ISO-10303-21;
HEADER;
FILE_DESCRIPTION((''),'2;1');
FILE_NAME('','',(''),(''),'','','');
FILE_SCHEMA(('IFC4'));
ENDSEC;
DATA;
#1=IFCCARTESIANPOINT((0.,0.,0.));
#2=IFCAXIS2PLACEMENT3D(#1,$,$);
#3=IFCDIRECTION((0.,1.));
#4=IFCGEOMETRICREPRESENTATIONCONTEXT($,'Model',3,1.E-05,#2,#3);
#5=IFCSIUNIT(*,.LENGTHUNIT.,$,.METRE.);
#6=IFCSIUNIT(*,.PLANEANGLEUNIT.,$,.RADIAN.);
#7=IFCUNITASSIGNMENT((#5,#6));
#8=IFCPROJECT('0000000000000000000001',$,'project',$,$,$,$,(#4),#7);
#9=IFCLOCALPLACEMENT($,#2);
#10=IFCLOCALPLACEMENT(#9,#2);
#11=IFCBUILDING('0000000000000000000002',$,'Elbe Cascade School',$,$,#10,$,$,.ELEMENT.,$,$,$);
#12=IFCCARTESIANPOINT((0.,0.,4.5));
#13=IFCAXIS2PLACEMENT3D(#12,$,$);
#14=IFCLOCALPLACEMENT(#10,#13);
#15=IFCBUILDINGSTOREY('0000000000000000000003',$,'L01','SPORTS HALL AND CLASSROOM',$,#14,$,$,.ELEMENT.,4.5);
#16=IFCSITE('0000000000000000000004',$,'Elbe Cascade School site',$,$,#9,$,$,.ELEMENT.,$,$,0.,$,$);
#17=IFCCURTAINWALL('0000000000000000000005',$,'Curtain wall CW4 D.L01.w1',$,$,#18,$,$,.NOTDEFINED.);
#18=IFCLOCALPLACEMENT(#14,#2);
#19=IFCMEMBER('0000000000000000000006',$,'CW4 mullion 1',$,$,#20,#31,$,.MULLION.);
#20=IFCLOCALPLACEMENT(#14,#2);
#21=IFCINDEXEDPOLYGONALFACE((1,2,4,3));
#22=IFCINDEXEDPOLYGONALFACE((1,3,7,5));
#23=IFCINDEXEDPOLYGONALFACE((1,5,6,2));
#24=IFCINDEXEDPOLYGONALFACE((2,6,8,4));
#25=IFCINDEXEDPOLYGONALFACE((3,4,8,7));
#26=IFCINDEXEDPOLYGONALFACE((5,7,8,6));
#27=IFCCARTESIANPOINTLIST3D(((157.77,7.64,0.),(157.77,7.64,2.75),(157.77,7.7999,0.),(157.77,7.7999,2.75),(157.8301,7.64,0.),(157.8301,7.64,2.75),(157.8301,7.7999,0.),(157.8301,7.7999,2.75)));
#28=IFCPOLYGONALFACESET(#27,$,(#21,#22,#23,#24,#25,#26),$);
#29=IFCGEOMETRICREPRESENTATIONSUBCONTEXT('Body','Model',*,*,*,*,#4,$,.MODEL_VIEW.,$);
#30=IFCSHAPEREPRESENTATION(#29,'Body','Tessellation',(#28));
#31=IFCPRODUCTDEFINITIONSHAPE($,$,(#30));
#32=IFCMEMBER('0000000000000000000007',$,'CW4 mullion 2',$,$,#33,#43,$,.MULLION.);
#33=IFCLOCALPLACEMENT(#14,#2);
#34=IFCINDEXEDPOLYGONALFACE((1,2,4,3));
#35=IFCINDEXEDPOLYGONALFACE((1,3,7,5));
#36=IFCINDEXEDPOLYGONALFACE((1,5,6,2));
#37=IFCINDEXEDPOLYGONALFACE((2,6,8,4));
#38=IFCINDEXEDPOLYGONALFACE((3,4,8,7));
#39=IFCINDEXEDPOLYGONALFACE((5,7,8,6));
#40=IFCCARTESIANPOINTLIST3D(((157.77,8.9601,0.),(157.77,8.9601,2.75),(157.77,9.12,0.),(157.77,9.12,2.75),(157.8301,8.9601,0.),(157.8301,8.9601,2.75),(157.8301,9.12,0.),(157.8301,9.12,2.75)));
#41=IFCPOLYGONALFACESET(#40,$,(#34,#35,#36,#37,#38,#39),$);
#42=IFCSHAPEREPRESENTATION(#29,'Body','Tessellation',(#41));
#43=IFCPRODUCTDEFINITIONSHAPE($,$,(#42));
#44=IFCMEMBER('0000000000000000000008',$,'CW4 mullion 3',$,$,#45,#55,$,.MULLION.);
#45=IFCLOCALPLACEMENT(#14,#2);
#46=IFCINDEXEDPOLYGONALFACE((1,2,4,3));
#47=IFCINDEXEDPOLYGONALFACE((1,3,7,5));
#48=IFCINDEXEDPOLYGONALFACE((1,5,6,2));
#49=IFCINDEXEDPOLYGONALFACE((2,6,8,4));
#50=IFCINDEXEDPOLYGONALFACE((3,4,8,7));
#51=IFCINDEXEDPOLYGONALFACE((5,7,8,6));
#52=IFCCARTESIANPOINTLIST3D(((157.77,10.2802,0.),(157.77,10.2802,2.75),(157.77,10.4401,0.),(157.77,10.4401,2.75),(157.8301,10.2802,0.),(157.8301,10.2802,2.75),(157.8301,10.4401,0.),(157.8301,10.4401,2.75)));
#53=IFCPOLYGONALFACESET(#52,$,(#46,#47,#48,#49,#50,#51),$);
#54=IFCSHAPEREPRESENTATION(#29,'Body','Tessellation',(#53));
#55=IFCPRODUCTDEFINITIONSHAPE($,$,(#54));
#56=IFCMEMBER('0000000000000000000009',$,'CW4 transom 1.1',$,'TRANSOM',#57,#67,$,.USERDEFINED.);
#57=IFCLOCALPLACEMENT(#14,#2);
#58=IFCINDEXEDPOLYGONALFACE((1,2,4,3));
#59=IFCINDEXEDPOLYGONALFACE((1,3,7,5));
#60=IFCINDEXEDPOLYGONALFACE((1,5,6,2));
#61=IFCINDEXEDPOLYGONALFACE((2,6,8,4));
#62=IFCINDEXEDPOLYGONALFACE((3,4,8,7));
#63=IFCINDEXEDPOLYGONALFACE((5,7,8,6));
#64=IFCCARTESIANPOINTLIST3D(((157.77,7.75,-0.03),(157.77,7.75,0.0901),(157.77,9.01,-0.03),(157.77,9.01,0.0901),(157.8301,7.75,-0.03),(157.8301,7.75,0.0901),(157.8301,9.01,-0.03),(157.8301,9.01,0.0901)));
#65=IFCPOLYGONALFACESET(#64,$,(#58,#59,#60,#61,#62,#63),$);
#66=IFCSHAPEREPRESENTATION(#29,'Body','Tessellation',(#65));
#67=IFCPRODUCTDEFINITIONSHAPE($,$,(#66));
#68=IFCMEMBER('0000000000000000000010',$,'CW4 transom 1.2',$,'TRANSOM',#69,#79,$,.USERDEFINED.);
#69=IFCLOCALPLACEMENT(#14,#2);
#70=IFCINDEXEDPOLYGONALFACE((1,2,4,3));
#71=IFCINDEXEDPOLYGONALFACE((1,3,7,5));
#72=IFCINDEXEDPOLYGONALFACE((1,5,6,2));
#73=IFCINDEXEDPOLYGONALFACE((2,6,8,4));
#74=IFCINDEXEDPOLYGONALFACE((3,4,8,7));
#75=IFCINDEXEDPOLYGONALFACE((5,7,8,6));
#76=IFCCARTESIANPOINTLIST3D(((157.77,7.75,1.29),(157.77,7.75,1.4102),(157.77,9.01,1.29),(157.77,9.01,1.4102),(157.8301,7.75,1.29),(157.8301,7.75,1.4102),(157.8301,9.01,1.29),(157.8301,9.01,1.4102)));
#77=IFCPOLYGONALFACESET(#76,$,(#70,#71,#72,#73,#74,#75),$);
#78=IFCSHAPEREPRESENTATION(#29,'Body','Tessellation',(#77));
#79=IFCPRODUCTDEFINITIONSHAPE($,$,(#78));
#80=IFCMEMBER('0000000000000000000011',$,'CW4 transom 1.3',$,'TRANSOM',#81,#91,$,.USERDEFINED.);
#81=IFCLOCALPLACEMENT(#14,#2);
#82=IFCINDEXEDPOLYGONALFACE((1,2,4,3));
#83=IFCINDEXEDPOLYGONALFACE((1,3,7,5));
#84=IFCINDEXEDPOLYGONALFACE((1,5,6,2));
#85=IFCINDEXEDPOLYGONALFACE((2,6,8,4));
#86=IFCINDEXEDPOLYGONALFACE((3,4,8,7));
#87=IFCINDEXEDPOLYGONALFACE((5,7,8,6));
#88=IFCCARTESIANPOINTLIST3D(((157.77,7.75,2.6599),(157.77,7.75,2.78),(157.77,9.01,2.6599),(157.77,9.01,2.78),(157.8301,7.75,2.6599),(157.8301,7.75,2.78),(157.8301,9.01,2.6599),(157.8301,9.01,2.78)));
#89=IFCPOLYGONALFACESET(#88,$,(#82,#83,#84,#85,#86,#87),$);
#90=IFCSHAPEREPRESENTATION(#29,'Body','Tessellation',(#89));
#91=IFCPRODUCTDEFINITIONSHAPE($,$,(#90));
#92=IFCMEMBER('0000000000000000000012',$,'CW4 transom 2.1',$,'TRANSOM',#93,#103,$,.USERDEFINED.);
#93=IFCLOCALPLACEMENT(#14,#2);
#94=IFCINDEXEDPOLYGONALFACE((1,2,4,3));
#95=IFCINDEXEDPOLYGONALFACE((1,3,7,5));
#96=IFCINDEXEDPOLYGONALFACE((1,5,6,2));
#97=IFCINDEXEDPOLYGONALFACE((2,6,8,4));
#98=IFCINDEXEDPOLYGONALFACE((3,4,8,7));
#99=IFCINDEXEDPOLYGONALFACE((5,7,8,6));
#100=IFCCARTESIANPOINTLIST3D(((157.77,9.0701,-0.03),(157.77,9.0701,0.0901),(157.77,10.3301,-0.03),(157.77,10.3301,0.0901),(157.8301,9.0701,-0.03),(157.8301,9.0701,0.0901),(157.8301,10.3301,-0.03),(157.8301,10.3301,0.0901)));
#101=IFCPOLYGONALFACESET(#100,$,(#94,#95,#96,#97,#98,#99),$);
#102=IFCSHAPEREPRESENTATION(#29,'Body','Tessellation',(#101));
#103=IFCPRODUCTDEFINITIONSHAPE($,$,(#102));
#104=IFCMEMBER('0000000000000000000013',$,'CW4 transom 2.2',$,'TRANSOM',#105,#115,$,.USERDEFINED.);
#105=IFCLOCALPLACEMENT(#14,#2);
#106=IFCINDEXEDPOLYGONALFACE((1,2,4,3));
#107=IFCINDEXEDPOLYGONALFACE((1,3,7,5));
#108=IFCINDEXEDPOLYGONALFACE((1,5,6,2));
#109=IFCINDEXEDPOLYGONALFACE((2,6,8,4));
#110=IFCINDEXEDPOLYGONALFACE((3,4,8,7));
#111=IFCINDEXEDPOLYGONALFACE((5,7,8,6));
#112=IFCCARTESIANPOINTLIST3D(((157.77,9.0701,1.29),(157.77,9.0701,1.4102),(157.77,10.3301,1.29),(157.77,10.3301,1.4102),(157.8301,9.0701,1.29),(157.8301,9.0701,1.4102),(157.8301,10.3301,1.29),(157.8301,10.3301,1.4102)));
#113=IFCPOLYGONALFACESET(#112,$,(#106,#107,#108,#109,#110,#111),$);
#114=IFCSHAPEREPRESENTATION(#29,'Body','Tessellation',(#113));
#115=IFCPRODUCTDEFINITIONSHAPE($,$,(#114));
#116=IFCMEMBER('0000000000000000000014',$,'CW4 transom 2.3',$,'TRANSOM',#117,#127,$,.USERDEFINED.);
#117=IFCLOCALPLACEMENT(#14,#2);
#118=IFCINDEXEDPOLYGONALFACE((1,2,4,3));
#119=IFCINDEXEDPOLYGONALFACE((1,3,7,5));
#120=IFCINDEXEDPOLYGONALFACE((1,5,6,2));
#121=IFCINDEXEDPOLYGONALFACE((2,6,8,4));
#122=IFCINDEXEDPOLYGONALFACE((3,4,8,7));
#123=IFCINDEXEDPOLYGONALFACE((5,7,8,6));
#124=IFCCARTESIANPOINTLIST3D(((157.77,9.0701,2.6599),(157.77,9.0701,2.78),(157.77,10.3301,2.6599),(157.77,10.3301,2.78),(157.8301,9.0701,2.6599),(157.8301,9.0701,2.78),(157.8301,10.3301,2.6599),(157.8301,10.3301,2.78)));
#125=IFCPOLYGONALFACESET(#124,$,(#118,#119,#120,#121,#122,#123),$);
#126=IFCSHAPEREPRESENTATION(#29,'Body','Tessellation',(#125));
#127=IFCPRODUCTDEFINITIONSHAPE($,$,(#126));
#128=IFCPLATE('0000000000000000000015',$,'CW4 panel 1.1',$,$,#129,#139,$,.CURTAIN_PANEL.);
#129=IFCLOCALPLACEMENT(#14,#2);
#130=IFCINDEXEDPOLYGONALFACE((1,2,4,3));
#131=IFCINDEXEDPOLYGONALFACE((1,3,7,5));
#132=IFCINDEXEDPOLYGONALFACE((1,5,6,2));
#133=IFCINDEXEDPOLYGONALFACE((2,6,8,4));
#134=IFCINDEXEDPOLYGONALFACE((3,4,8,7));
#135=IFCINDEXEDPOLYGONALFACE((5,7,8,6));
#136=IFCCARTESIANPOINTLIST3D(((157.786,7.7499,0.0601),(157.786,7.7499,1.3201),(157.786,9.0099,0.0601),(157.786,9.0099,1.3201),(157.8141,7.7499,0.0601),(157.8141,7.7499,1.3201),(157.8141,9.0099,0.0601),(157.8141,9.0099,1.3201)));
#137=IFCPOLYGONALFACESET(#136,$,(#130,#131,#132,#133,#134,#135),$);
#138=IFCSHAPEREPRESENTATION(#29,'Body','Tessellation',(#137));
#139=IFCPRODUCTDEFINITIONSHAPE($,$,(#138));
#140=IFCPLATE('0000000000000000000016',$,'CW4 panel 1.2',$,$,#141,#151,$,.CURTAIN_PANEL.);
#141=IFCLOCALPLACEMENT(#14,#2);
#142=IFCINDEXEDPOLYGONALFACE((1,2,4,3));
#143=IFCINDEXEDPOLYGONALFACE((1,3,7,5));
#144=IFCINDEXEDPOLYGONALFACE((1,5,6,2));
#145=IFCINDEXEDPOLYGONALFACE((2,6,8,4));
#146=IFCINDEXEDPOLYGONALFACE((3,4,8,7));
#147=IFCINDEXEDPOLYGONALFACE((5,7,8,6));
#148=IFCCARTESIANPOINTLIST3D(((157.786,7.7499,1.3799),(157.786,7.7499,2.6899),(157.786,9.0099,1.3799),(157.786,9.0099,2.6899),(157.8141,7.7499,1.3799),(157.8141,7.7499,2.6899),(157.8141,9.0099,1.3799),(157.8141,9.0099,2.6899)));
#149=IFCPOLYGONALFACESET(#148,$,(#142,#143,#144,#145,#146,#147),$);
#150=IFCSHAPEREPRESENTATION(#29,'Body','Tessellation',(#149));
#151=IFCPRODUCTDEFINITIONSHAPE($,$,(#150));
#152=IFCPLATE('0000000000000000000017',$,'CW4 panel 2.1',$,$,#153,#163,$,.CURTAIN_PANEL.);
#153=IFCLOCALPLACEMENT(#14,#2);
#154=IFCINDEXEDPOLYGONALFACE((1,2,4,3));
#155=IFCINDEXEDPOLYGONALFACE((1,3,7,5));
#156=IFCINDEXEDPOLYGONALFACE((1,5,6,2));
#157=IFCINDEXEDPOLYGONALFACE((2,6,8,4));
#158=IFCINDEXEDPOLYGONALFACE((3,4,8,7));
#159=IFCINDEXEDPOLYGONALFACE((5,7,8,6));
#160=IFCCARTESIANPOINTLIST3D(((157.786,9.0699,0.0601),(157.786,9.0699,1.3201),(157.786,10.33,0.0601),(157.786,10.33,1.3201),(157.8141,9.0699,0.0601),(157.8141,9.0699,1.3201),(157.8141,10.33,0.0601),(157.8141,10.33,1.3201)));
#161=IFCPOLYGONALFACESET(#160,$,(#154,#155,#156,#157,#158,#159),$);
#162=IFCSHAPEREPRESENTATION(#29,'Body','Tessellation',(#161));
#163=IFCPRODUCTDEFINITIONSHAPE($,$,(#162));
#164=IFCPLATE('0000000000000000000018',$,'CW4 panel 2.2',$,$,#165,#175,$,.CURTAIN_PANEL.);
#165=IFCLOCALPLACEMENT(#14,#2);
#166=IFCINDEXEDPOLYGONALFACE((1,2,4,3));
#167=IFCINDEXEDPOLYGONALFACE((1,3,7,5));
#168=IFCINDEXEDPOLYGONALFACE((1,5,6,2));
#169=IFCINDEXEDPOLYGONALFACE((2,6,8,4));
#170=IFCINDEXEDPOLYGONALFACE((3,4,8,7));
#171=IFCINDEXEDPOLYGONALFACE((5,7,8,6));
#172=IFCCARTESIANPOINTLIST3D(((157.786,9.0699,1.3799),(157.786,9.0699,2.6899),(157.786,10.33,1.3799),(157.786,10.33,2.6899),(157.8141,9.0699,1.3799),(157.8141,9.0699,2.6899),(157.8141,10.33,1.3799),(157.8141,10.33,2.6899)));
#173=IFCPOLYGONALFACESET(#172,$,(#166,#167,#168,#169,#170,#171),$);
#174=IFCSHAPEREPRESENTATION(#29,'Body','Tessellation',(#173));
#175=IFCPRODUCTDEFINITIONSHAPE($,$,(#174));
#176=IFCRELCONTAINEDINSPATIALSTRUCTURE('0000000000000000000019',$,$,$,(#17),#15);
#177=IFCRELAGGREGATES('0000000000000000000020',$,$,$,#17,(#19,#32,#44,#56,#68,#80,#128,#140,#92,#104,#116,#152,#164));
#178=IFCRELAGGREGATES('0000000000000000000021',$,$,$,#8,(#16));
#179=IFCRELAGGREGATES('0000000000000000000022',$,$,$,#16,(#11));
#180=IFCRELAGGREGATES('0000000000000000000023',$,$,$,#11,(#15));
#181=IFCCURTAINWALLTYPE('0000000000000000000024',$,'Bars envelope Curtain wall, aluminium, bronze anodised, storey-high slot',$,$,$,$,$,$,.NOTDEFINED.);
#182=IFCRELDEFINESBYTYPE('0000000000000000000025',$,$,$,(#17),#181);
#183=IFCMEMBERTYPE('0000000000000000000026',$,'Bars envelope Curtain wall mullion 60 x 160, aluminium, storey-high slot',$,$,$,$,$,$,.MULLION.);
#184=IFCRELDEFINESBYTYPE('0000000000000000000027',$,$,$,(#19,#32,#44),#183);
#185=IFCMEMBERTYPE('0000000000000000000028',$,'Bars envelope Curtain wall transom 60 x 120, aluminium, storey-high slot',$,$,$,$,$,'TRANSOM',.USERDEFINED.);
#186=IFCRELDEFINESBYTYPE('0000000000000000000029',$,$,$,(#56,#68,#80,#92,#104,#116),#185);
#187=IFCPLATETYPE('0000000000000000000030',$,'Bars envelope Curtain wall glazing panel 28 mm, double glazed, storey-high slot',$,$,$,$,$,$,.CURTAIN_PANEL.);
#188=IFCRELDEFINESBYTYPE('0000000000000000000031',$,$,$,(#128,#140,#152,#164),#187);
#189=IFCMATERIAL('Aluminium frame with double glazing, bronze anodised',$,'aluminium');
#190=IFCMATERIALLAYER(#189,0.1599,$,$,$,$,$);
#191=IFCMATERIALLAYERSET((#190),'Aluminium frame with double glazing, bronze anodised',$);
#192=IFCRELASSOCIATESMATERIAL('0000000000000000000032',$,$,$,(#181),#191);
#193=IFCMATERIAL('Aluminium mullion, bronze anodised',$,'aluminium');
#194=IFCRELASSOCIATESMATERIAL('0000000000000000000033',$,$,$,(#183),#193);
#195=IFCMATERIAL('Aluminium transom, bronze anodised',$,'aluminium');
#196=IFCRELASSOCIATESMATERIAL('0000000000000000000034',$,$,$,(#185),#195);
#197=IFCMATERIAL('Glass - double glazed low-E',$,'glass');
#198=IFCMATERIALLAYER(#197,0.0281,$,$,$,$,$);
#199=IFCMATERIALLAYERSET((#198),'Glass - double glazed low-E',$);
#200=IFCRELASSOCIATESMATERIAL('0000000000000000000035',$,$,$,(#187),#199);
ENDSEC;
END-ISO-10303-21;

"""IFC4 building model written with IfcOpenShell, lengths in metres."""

from ifc_helpers import new_model, si_unit, direction, frame, origin, origin_2d, place, context, subcontext, project, spatial, rectangle, extrude, material, layer, layer_set, material_profile, profile_set, type_object, element, aggregate, save


model = new_model("IFC4")

# Units and contexts
model_context = context("Model", 3, precision=1e-05, world=origin(), true_north=direction((0.0, 1.0)))
body_context = subcontext(model_context, "Body", "Model", "MODEL_VIEW")
ifc_project = project(units=[si_unit("LENGTHUNIT", "METRE"), si_unit("PLANEANGLEUNIT", "RADIAN")], contexts=[model_context])

# Site, building, storey
site_placement = place(None, origin())
site = spatial("IfcSite", under=ifc_project, at=site_placement, Name="Elbe Cascade School site", CompositionType="ELEMENT", RefElevation=0.0)
building_placement = place(site_placement, origin())
building = spatial("IfcBuilding", under=site, at=building_placement, Name="Elbe Cascade School", CompositionType="ELEMENT")
storey_placement = place(building_placement, frame((0.0, 0.0, 4.5)))
storey = spatial("IfcBuildingStorey", under=building, at=storey_placement, Name="L01", Description="SPORTS HALL AND CLASSROOM", CompositionType="ELEMENT", Elevation=4.5)

# Curtain wall, members, plates
ifc_material_1 = material(Name="Aluminium frame with double glazing, bronze anodised", Category="aluminium")
ifc_layer_1 = layer(ifc_material_1, 0.1599)
ifc_layer_set_1 = layer_set([ifc_layer_1], Name="Aluminium frame with double glazing, bronze anodised")
curtain_wall_type = type_object("IfcCurtainWallType", Name="Bars envelope Curtain wall, aluminium, bronze anodised, storey-high slot", PredefinedType="NOTDEFINED", material=ifc_layer_set_1)
curtain_wall_placement = place(storey_placement, origin())
curtain_wall = element("IfcCurtainWall", 1, at=curtain_wall_placement, inside=storey, type_object=curtain_wall_type, Name="Curtain wall CW4 D.L01.w1", PredefinedType="NOTDEFINED")
ifc_material_2 = material(Name="Aluminium mullion, bronze anodised", Category="aluminium")
ifc_material_profile_1 = material_profile(ifc_material_2, rectangle(XDim=0.0601, YDim=0.1599, at=origin_2d()), Name="Bars envelope Curtain wall mullion 60 x 160, aluminium, storey-high slot")
ifc_profile_set_1 = profile_set([ifc_material_profile_1], Name="Aluminium mullion, bronze anodised")
member_type_1 = type_object("IfcMemberType", Name="Bars envelope Curtain wall mullion 60 x 160, aluminium, storey-high slot", PredefinedType="MULLION", material=ifc_profile_set_1)
member_1_placement = place(storey_placement, frame((157.8, 7.72, 0.0), z_axis=(0.0, 0.0, 1.0), x_axis=(-1.0, 0.0, 0.0)))
member_1 = element("IfcMember", 2, at=member_1_placement, type_object=member_type_1, Name="CW4 mullion 1", PredefinedType="MULLION", context=body_context, shape_type="SweptSolid", body=[
    extrude(rectangle(XDim=0.0601, YDim=0.1599, at=origin_2d()), origin(), (0.0, 0.0, 1.0), 2.75),
])
member_2_placement = place(storey_placement, frame((157.8, 9.04, 0.0), z_axis=(0.0, 0.0, 1.0), x_axis=(-1.0, 0.0, 0.0)))
member_2 = element("IfcMember", 3, at=member_2_placement, type_object=member_type_1, Name="CW4 mullion 2", PredefinedType="MULLION", context=body_context, shape_type="SweptSolid", body=[
    extrude(rectangle(XDim=0.0601, YDim=0.1599, at=origin_2d()), origin(), (0.0, 0.0, 1.0), 2.75),
])
member_3_placement = place(storey_placement, frame((157.8, 10.3601, 0.0), z_axis=(0.0, 0.0, 1.0), x_axis=(-1.0, 0.0, 0.0)))
member_3 = element("IfcMember", 4, at=member_3_placement, type_object=member_type_1, Name="CW4 mullion 3", PredefinedType="MULLION", context=body_context, shape_type="SweptSolid", body=[
    extrude(rectangle(XDim=0.0601, YDim=0.1599, at=origin_2d()), origin(), (0.0, 0.0, 1.0), 2.75),
])
ifc_material_3 = material(Name="Aluminium transom, bronze anodised", Category="aluminium")
ifc_material_profile_2 = material_profile(ifc_material_3, rectangle(XDim=0.0601, YDim=0.1201, at=origin_2d()), Name="Bars envelope Curtain wall transom 60 x 120, aluminium, storey-high slot")
ifc_profile_set_2 = profile_set([ifc_material_profile_2], Name="Aluminium transom, bronze anodised")
member_type_2 = type_object("IfcMemberType", Name="Bars envelope Curtain wall transom 60 x 120, aluminium, storey-high slot", ElementType="TRANSOM", PredefinedType="USERDEFINED", material=ifc_profile_set_2)
member_4_placement = place(storey_placement, frame((157.8, 7.75, 0.03), z_axis=(0.0, 1.0, 0.0), x_axis=(-1.0, 0.0, 0.0)))
member_4 = element("IfcMember", 5, at=member_4_placement, type_object=member_type_2, Name="CW4 transom 1.1", ObjectType="TRANSOM", PredefinedType="USERDEFINED", context=body_context, shape_type="SweptSolid", body=[
    extrude(rectangle(XDim=0.0601, YDim=0.1201, at=origin_2d()), origin(), (0.0, 0.0, 1.0), 1.26),
])
member_5_placement = place(storey_placement, frame((157.8, 7.75, 1.3501), z_axis=(0.0, 1.0, 0.0), x_axis=(-1.0, 0.0, 0.0)))
member_5 = element("IfcMember", 6, at=member_5_placement, type_object=member_type_2, Name="CW4 transom 1.2", ObjectType="TRANSOM", PredefinedType="USERDEFINED", context=body_context, shape_type="SweptSolid", body=[
    extrude(rectangle(XDim=0.0601, YDim=0.1201, at=origin_2d()), origin(), (0.0, 0.0, 1.0), 1.26),
])
member_6_placement = place(storey_placement, frame((157.8, 7.75, 2.72), z_axis=(0.0, 1.0, 0.0), x_axis=(-1.0, 0.0, 0.0)))
member_6 = element("IfcMember", 7, at=member_6_placement, type_object=member_type_2, Name="CW4 transom 1.3", ObjectType="TRANSOM", PredefinedType="USERDEFINED", context=body_context, shape_type="SweptSolid", body=[
    extrude(rectangle(XDim=0.0601, YDim=0.1201, at=origin_2d()), origin(), (0.0, 0.0, 1.0), 1.26),
])
member_7_placement = place(storey_placement, frame((157.8, 9.0701, 0.03), z_axis=(0.0, 1.0, 0.0), x_axis=(-1.0, 0.0, 0.0)))
member_7 = element("IfcMember", 8, at=member_7_placement, type_object=member_type_2, Name="CW4 transom 2.1", ObjectType="TRANSOM", PredefinedType="USERDEFINED", context=body_context, shape_type="SweptSolid", body=[
    extrude(rectangle(XDim=0.0601, YDim=0.1201, at=origin_2d()), origin(), (0.0, 0.0, 1.0), 1.26),
])
member_8_placement = place(storey_placement, frame((157.8, 9.0701, 1.3501), z_axis=(0.0, 1.0, 0.0), x_axis=(-1.0, 0.0, 0.0)))
member_8 = element("IfcMember", 9, at=member_8_placement, type_object=member_type_2, Name="CW4 transom 2.2", ObjectType="TRANSOM", PredefinedType="USERDEFINED", context=body_context, shape_type="SweptSolid", body=[
    extrude(rectangle(XDim=0.0601, YDim=0.1201, at=origin_2d()), origin(), (0.0, 0.0, 1.0), 1.26),
])
member_9_placement = place(storey_placement, frame((157.8, 9.0701, 2.72), z_axis=(0.0, 1.0, 0.0), x_axis=(-1.0, 0.0, 0.0)))
member_9 = element("IfcMember", 10, at=member_9_placement, type_object=member_type_2, Name="CW4 transom 2.3", ObjectType="TRANSOM", PredefinedType="USERDEFINED", context=body_context, shape_type="SweptSolid", body=[
    extrude(rectangle(XDim=0.0601, YDim=0.1201, at=origin_2d()), origin(), (0.0, 0.0, 1.0), 1.26),
])
ifc_material_4 = material(Name="Glass - double glazed low-E", Category="glass")
ifc_layer_2 = layer(ifc_material_4, 0.0281)
ifc_layer_set_2 = layer_set([ifc_layer_2], Name="Glass - double glazed low-E")
plate_type = type_object("IfcPlateType", Name="Bars envelope Curtain wall glazing panel 28 mm, double glazed, storey-high slot", PredefinedType="CURTAIN_PANEL", material=ifc_layer_set_2)
plate_1_placement = place(storey_placement, frame((157.8, 8.3799, 0.0601), z_axis=(0.0, 0.0, 1.0), x_axis=(0.0, 1.0, 0.0)))
plate_1 = element("IfcPlate", 11, at=plate_1_placement, type_object=plate_type, Name="CW4 panel 1.1", PredefinedType="CURTAIN_PANEL", context=body_context, shape_type="SweptSolid", body=[
    extrude(rectangle(XDim=1.26, YDim=0.0281, at=origin_2d()), origin(), (0.0, 0.0, 1.0), 1.26),
])
plate_2_placement = place(storey_placement, frame((157.8, 8.3799, 1.3799), z_axis=(0.0, 0.0, 1.0), x_axis=(0.0, 1.0, 0.0)))
plate_2 = element("IfcPlate", 12, at=plate_2_placement, type_object=plate_type, Name="CW4 panel 1.2", PredefinedType="CURTAIN_PANEL", context=body_context, shape_type="SweptSolid", body=[
    extrude(rectangle(XDim=1.26, YDim=0.0281, at=origin_2d()), origin(), (0.0, 0.0, 1.0), 1.3101),
])
plate_3_placement = place(storey_placement, frame((157.8, 9.7, 0.0601), z_axis=(0.0, 0.0, 1.0), x_axis=(0.0, 1.0, 0.0)))
plate_3 = element("IfcPlate", 13, at=plate_3_placement, type_object=plate_type, Name="CW4 panel 2.1", PredefinedType="CURTAIN_PANEL", context=body_context, shape_type="SweptSolid", body=[
    extrude(rectangle(XDim=1.26, YDim=0.0281, at=origin_2d()), origin(), (0.0, 0.0, 1.0), 1.26),
])
plate_4_placement = place(storey_placement, frame((157.8, 9.7, 1.3799), z_axis=(0.0, 0.0, 1.0), x_axis=(0.0, 1.0, 0.0)))
plate_4 = element("IfcPlate", 14, at=plate_4_placement, type_object=plate_type, Name="CW4 panel 2.2", PredefinedType="CURTAIN_PANEL", context=body_context, shape_type="SweptSolid", body=[
    extrude(rectangle(XDim=1.26, YDim=0.0281, at=origin_2d()), origin(), (0.0, 0.0, 1.0), 1.3101),
])
aggregate(curtain_wall, [member_1, member_2, member_3, member_4, member_5, member_6, plate_1, plate_2, member_7, member_8, member_9, plate_3, plate_4])

save(model, "model.ifc")
